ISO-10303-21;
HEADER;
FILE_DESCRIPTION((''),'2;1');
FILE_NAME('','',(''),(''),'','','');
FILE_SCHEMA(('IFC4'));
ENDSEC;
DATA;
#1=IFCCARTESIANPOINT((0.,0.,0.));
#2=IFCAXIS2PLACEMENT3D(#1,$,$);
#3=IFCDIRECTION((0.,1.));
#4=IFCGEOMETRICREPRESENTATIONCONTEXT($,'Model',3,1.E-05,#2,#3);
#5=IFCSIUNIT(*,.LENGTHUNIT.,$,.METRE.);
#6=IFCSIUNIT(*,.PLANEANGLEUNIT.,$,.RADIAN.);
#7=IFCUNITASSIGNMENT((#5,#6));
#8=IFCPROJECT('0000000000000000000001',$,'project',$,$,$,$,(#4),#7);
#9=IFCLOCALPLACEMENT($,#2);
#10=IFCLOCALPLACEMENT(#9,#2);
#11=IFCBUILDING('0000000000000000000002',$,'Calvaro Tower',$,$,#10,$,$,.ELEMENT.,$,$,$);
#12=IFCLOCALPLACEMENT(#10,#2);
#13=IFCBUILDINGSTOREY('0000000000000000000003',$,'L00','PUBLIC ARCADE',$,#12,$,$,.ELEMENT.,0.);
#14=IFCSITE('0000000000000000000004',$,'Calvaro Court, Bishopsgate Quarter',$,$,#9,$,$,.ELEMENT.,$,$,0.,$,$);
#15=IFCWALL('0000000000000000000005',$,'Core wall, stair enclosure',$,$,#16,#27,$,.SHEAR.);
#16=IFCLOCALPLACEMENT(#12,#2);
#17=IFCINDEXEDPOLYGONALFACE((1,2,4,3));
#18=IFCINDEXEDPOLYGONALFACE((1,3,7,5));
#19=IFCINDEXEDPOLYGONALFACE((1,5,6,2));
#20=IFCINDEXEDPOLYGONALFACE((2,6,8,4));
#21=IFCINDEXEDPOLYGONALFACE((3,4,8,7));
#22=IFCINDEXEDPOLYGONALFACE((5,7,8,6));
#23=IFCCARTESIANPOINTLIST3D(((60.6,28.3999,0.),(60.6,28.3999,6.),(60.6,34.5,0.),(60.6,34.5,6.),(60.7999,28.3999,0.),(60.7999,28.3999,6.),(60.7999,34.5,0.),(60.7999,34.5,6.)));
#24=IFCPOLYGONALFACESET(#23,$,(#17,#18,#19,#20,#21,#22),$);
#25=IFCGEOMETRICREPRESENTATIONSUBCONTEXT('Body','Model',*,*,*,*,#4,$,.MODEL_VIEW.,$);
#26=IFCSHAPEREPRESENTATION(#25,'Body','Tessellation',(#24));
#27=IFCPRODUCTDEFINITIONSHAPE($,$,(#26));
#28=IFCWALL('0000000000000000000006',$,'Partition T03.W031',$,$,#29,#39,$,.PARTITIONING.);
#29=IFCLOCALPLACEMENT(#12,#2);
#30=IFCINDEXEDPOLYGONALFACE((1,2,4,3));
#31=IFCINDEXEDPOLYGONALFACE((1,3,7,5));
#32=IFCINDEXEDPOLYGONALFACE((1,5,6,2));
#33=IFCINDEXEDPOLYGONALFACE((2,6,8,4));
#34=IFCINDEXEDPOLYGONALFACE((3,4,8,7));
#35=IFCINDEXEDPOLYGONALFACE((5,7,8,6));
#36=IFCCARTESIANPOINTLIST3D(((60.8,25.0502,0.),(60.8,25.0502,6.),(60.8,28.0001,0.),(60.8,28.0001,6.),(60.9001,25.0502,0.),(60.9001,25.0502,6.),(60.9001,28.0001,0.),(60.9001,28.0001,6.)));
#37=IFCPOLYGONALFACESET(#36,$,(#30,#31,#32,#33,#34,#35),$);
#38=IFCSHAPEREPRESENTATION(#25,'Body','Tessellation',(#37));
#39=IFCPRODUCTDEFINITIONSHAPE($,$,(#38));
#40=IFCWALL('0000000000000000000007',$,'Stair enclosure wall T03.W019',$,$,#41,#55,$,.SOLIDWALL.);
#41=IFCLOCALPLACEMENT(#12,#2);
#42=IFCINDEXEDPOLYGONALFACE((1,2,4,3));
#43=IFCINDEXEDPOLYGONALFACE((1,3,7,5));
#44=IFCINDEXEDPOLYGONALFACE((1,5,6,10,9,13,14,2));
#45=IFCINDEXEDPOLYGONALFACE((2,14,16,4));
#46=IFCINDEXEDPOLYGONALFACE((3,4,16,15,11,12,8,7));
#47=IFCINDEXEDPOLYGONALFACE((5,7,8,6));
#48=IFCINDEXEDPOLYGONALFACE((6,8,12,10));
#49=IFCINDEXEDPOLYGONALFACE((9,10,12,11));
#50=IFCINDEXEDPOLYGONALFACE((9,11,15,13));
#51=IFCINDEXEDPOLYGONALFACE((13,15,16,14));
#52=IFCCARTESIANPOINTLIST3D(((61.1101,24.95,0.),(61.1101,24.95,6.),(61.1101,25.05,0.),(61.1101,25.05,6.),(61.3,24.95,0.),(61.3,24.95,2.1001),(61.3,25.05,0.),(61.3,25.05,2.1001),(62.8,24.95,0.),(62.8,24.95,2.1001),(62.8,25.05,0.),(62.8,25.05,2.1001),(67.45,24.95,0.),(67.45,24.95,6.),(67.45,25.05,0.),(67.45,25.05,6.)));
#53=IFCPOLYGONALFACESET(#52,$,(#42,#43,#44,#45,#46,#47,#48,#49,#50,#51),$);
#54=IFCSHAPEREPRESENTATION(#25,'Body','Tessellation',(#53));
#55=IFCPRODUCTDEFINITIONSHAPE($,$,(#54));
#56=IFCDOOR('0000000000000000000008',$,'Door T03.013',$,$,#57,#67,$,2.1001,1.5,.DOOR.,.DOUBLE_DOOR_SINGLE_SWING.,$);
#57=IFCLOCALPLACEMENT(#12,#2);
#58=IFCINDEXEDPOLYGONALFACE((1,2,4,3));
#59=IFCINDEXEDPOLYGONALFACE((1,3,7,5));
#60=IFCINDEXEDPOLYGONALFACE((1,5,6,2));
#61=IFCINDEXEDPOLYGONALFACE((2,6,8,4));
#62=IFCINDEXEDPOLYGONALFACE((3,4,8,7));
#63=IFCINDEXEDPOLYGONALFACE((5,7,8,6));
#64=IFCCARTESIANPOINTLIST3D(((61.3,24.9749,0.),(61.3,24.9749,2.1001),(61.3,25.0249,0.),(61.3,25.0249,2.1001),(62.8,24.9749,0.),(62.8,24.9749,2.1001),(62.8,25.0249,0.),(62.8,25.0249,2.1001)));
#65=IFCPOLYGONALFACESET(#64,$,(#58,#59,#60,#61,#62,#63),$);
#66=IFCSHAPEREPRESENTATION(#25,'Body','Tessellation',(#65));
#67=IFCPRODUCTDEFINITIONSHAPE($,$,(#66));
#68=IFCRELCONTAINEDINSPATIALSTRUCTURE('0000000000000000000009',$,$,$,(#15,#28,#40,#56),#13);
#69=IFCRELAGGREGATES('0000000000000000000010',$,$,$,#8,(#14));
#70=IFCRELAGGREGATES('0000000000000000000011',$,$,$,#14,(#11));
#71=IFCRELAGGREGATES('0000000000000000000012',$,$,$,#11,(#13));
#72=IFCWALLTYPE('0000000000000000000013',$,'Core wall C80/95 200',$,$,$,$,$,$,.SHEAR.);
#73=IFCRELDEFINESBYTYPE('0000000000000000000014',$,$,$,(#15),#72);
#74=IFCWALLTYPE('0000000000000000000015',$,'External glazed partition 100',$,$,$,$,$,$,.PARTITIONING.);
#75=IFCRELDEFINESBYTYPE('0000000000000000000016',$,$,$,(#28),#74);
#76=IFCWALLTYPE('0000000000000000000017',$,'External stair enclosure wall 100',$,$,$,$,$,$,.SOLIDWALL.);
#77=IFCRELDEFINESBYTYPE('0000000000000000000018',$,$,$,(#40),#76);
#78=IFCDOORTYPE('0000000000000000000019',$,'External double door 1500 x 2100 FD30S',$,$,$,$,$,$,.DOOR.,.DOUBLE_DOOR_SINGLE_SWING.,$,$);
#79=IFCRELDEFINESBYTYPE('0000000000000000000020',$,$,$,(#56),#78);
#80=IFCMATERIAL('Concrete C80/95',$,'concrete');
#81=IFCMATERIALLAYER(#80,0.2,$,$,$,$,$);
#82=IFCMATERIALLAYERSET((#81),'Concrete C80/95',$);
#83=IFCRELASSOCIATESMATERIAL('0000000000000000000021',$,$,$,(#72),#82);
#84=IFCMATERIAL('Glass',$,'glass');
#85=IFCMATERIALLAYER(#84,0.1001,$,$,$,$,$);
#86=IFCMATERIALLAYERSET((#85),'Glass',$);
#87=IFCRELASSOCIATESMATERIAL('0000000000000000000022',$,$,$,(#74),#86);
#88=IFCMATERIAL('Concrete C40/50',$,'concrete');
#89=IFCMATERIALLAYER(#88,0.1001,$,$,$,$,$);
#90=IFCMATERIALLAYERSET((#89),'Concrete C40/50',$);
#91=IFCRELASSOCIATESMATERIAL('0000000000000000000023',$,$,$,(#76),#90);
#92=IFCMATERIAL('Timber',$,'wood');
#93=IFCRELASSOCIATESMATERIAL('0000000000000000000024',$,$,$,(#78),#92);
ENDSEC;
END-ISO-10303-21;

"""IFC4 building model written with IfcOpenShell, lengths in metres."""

from ifc_helpers import new_model, si_unit, direction, frame, frame_2d, origin, place, context, subcontext, project, spatial, rectangle, extrude, material, layer, layer_set, type_object, element, fill, save


model = new_model("IFC4")

# Units and contexts
model_context = context("Model", 3, precision=1e-05, world=origin(), true_north=direction((0.0, 1.0)))
body_context = subcontext(model_context, "Body", "Model", "MODEL_VIEW")
ifc_project = project(units=[si_unit("LENGTHUNIT", "METRE"), si_unit("PLANEANGLEUNIT", "RADIAN")], contexts=[model_context])

# Site, building, storey
site_placement = place(None, origin())
site = spatial("IfcSite", under=ifc_project, at=site_placement, Name="Calvaro Court, Bishopsgate Quarter", CompositionType="ELEMENT", RefElevation=0.0)
building_placement = place(site_placement, origin())
building = spatial("IfcBuilding", under=site, at=building_placement, Name="Calvaro Tower", CompositionType="ELEMENT")
storey_placement = place(building_placement, origin())
storey = spatial("IfcBuildingStorey", under=building, at=storey_placement, Name="L00", Description="PUBLIC ARCADE", CompositionType="ELEMENT", Elevation=0.0)

# Walls
ifc_material_1 = material(Name="Concrete C80/95", Category="concrete")
ifc_layer_1 = layer(ifc_material_1, 0.2)
ifc_layer_set_1 = layer_set([ifc_layer_1], Name="Concrete C80/95")
wall_type_1 = type_object("IfcWallType", Name="Core wall C80/95 200", PredefinedType="SHEAR", material=ifc_layer_set_1)
wall_1_placement = place(storey_placement, frame((60.7, 28.3999, 0.0), z_axis=(0.0, 0.0, 1.0), x_axis=(0.0, 1.0, 0.0)))
element("IfcWall", 1, at=wall_1_placement, inside=storey, type_object=wall_type_1, Name="Core wall, stair enclosure", PredefinedType="SHEAR", context=body_context, shape_type="SweptSolid", body=[
    extrude(rectangle(XDim=6.1001, YDim=0.2, at=frame_2d((3.05, 0.0))), origin(), (0.0, 0.0, 1.0), 6.0),
])
ifc_material_2 = material(Name="Glass", Category="glass")
ifc_layer_2 = layer(ifc_material_2, 0.1001)
ifc_layer_set_2 = layer_set([ifc_layer_2], Name="Glass")
wall_type_2 = type_object("IfcWallType", Name="External glazed partition 100", PredefinedType="PARTITIONING", material=ifc_layer_set_2)
wall_2_placement = place(storey_placement, frame((60.8501, 25.05, 0.0), z_axis=(0.0, 0.0, 1.0), x_axis=(0.0, 1.0, 0.0)))
element("IfcWall", 2, at=wall_2_placement, inside=storey, type_object=wall_type_2, Name="Partition T03.W031", PredefinedType="PARTITIONING", context=body_context, shape_type="SweptSolid", body=[
    extrude(rectangle(XDim=2.95, YDim=0.1001, at=frame_2d((1.4751, 0.0))), origin(), (0.0, 0.0, 1.0), 6.0),
])

# Wall, opening, door
ifc_material_3 = material(Name="Concrete C40/50", Category="concrete")
ifc_layer_3 = layer(ifc_material_3, 0.1001)
ifc_layer_set_3 = layer_set([ifc_layer_3], Name="Concrete C40/50")
wall_type_3 = type_object("IfcWallType", Name="External stair enclosure wall 100", PredefinedType="SOLIDWALL", material=ifc_layer_set_3)
wall_3_placement = place(storey_placement, frame((61.1101, 25.0, 0.0), z_axis=(0.0, 0.0, 1.0), x_axis=(1.0, 0.0, 0.0)))
wall_3 = element("IfcWall", 3, at=wall_3_placement, inside=storey, type_object=wall_type_3, Name="Stair enclosure wall T03.W019", PredefinedType="SOLIDWALL", context=body_context, shape_type="SweptSolid", body=[
    extrude(rectangle(XDim=6.3398, YDim=0.1001, at=frame_2d((3.1699, 0.0))), origin(), (0.0, 0.0, 1.0), 6.0),
])
opening_1_placement = place(wall_3_placement, frame((0.1899, 0.0, 0.0)))
opening_1 = element("IfcOpeningElement", 4, at=opening_1_placement, cuts=wall_3, PredefinedType="OPENING", context=body_context, shape_type="SweptSolid", body=[
    extrude(rectangle(XDim=1.5, YDim=2.1001, at=frame_2d((0.75, 1.05))), frame((0.0, 0.0601, 0.0), z_axis=(0.0, -1.0, 0.0), x_axis=(1.0, 0.0, 0.0)), (0.0, 0.0, 1.0), 0.1201),
])
ifc_material_4 = material(Name="Timber", Category="wood")
door_type_1 = type_object("IfcDoorType", Name="External double door 1500 x 2100 FD30S", OperationType="DOUBLE_DOOR_SINGLE_SWING", PredefinedType="DOOR", material=ifc_material_4)
door_1_placement = place(opening_1_placement, origin())
door_1 = element("IfcDoor", 5, at=door_1_placement, inside=storey, type_object=door_type_1, Name="Door T03.013", OperationType="DOUBLE_DOOR_SINGLE_SWING", OverallHeight=2.1001, OverallWidth=1.5, PredefinedType="DOOR", context=body_context, shape_type="SweptSolid", body=[
    extrude(rectangle(XDim=1.5, YDim=2.1001, at=frame_2d((0.75, 1.05))), frame((0.0, 0.0249, 0.0), z_axis=(0.0, -1.0, 0.0), x_axis=(1.0, 0.0, 0.0)), (0.0, 0.0, 1.0), 0.05),
])
fill(opening_1, door_1)

save(model, "model.ifc")
